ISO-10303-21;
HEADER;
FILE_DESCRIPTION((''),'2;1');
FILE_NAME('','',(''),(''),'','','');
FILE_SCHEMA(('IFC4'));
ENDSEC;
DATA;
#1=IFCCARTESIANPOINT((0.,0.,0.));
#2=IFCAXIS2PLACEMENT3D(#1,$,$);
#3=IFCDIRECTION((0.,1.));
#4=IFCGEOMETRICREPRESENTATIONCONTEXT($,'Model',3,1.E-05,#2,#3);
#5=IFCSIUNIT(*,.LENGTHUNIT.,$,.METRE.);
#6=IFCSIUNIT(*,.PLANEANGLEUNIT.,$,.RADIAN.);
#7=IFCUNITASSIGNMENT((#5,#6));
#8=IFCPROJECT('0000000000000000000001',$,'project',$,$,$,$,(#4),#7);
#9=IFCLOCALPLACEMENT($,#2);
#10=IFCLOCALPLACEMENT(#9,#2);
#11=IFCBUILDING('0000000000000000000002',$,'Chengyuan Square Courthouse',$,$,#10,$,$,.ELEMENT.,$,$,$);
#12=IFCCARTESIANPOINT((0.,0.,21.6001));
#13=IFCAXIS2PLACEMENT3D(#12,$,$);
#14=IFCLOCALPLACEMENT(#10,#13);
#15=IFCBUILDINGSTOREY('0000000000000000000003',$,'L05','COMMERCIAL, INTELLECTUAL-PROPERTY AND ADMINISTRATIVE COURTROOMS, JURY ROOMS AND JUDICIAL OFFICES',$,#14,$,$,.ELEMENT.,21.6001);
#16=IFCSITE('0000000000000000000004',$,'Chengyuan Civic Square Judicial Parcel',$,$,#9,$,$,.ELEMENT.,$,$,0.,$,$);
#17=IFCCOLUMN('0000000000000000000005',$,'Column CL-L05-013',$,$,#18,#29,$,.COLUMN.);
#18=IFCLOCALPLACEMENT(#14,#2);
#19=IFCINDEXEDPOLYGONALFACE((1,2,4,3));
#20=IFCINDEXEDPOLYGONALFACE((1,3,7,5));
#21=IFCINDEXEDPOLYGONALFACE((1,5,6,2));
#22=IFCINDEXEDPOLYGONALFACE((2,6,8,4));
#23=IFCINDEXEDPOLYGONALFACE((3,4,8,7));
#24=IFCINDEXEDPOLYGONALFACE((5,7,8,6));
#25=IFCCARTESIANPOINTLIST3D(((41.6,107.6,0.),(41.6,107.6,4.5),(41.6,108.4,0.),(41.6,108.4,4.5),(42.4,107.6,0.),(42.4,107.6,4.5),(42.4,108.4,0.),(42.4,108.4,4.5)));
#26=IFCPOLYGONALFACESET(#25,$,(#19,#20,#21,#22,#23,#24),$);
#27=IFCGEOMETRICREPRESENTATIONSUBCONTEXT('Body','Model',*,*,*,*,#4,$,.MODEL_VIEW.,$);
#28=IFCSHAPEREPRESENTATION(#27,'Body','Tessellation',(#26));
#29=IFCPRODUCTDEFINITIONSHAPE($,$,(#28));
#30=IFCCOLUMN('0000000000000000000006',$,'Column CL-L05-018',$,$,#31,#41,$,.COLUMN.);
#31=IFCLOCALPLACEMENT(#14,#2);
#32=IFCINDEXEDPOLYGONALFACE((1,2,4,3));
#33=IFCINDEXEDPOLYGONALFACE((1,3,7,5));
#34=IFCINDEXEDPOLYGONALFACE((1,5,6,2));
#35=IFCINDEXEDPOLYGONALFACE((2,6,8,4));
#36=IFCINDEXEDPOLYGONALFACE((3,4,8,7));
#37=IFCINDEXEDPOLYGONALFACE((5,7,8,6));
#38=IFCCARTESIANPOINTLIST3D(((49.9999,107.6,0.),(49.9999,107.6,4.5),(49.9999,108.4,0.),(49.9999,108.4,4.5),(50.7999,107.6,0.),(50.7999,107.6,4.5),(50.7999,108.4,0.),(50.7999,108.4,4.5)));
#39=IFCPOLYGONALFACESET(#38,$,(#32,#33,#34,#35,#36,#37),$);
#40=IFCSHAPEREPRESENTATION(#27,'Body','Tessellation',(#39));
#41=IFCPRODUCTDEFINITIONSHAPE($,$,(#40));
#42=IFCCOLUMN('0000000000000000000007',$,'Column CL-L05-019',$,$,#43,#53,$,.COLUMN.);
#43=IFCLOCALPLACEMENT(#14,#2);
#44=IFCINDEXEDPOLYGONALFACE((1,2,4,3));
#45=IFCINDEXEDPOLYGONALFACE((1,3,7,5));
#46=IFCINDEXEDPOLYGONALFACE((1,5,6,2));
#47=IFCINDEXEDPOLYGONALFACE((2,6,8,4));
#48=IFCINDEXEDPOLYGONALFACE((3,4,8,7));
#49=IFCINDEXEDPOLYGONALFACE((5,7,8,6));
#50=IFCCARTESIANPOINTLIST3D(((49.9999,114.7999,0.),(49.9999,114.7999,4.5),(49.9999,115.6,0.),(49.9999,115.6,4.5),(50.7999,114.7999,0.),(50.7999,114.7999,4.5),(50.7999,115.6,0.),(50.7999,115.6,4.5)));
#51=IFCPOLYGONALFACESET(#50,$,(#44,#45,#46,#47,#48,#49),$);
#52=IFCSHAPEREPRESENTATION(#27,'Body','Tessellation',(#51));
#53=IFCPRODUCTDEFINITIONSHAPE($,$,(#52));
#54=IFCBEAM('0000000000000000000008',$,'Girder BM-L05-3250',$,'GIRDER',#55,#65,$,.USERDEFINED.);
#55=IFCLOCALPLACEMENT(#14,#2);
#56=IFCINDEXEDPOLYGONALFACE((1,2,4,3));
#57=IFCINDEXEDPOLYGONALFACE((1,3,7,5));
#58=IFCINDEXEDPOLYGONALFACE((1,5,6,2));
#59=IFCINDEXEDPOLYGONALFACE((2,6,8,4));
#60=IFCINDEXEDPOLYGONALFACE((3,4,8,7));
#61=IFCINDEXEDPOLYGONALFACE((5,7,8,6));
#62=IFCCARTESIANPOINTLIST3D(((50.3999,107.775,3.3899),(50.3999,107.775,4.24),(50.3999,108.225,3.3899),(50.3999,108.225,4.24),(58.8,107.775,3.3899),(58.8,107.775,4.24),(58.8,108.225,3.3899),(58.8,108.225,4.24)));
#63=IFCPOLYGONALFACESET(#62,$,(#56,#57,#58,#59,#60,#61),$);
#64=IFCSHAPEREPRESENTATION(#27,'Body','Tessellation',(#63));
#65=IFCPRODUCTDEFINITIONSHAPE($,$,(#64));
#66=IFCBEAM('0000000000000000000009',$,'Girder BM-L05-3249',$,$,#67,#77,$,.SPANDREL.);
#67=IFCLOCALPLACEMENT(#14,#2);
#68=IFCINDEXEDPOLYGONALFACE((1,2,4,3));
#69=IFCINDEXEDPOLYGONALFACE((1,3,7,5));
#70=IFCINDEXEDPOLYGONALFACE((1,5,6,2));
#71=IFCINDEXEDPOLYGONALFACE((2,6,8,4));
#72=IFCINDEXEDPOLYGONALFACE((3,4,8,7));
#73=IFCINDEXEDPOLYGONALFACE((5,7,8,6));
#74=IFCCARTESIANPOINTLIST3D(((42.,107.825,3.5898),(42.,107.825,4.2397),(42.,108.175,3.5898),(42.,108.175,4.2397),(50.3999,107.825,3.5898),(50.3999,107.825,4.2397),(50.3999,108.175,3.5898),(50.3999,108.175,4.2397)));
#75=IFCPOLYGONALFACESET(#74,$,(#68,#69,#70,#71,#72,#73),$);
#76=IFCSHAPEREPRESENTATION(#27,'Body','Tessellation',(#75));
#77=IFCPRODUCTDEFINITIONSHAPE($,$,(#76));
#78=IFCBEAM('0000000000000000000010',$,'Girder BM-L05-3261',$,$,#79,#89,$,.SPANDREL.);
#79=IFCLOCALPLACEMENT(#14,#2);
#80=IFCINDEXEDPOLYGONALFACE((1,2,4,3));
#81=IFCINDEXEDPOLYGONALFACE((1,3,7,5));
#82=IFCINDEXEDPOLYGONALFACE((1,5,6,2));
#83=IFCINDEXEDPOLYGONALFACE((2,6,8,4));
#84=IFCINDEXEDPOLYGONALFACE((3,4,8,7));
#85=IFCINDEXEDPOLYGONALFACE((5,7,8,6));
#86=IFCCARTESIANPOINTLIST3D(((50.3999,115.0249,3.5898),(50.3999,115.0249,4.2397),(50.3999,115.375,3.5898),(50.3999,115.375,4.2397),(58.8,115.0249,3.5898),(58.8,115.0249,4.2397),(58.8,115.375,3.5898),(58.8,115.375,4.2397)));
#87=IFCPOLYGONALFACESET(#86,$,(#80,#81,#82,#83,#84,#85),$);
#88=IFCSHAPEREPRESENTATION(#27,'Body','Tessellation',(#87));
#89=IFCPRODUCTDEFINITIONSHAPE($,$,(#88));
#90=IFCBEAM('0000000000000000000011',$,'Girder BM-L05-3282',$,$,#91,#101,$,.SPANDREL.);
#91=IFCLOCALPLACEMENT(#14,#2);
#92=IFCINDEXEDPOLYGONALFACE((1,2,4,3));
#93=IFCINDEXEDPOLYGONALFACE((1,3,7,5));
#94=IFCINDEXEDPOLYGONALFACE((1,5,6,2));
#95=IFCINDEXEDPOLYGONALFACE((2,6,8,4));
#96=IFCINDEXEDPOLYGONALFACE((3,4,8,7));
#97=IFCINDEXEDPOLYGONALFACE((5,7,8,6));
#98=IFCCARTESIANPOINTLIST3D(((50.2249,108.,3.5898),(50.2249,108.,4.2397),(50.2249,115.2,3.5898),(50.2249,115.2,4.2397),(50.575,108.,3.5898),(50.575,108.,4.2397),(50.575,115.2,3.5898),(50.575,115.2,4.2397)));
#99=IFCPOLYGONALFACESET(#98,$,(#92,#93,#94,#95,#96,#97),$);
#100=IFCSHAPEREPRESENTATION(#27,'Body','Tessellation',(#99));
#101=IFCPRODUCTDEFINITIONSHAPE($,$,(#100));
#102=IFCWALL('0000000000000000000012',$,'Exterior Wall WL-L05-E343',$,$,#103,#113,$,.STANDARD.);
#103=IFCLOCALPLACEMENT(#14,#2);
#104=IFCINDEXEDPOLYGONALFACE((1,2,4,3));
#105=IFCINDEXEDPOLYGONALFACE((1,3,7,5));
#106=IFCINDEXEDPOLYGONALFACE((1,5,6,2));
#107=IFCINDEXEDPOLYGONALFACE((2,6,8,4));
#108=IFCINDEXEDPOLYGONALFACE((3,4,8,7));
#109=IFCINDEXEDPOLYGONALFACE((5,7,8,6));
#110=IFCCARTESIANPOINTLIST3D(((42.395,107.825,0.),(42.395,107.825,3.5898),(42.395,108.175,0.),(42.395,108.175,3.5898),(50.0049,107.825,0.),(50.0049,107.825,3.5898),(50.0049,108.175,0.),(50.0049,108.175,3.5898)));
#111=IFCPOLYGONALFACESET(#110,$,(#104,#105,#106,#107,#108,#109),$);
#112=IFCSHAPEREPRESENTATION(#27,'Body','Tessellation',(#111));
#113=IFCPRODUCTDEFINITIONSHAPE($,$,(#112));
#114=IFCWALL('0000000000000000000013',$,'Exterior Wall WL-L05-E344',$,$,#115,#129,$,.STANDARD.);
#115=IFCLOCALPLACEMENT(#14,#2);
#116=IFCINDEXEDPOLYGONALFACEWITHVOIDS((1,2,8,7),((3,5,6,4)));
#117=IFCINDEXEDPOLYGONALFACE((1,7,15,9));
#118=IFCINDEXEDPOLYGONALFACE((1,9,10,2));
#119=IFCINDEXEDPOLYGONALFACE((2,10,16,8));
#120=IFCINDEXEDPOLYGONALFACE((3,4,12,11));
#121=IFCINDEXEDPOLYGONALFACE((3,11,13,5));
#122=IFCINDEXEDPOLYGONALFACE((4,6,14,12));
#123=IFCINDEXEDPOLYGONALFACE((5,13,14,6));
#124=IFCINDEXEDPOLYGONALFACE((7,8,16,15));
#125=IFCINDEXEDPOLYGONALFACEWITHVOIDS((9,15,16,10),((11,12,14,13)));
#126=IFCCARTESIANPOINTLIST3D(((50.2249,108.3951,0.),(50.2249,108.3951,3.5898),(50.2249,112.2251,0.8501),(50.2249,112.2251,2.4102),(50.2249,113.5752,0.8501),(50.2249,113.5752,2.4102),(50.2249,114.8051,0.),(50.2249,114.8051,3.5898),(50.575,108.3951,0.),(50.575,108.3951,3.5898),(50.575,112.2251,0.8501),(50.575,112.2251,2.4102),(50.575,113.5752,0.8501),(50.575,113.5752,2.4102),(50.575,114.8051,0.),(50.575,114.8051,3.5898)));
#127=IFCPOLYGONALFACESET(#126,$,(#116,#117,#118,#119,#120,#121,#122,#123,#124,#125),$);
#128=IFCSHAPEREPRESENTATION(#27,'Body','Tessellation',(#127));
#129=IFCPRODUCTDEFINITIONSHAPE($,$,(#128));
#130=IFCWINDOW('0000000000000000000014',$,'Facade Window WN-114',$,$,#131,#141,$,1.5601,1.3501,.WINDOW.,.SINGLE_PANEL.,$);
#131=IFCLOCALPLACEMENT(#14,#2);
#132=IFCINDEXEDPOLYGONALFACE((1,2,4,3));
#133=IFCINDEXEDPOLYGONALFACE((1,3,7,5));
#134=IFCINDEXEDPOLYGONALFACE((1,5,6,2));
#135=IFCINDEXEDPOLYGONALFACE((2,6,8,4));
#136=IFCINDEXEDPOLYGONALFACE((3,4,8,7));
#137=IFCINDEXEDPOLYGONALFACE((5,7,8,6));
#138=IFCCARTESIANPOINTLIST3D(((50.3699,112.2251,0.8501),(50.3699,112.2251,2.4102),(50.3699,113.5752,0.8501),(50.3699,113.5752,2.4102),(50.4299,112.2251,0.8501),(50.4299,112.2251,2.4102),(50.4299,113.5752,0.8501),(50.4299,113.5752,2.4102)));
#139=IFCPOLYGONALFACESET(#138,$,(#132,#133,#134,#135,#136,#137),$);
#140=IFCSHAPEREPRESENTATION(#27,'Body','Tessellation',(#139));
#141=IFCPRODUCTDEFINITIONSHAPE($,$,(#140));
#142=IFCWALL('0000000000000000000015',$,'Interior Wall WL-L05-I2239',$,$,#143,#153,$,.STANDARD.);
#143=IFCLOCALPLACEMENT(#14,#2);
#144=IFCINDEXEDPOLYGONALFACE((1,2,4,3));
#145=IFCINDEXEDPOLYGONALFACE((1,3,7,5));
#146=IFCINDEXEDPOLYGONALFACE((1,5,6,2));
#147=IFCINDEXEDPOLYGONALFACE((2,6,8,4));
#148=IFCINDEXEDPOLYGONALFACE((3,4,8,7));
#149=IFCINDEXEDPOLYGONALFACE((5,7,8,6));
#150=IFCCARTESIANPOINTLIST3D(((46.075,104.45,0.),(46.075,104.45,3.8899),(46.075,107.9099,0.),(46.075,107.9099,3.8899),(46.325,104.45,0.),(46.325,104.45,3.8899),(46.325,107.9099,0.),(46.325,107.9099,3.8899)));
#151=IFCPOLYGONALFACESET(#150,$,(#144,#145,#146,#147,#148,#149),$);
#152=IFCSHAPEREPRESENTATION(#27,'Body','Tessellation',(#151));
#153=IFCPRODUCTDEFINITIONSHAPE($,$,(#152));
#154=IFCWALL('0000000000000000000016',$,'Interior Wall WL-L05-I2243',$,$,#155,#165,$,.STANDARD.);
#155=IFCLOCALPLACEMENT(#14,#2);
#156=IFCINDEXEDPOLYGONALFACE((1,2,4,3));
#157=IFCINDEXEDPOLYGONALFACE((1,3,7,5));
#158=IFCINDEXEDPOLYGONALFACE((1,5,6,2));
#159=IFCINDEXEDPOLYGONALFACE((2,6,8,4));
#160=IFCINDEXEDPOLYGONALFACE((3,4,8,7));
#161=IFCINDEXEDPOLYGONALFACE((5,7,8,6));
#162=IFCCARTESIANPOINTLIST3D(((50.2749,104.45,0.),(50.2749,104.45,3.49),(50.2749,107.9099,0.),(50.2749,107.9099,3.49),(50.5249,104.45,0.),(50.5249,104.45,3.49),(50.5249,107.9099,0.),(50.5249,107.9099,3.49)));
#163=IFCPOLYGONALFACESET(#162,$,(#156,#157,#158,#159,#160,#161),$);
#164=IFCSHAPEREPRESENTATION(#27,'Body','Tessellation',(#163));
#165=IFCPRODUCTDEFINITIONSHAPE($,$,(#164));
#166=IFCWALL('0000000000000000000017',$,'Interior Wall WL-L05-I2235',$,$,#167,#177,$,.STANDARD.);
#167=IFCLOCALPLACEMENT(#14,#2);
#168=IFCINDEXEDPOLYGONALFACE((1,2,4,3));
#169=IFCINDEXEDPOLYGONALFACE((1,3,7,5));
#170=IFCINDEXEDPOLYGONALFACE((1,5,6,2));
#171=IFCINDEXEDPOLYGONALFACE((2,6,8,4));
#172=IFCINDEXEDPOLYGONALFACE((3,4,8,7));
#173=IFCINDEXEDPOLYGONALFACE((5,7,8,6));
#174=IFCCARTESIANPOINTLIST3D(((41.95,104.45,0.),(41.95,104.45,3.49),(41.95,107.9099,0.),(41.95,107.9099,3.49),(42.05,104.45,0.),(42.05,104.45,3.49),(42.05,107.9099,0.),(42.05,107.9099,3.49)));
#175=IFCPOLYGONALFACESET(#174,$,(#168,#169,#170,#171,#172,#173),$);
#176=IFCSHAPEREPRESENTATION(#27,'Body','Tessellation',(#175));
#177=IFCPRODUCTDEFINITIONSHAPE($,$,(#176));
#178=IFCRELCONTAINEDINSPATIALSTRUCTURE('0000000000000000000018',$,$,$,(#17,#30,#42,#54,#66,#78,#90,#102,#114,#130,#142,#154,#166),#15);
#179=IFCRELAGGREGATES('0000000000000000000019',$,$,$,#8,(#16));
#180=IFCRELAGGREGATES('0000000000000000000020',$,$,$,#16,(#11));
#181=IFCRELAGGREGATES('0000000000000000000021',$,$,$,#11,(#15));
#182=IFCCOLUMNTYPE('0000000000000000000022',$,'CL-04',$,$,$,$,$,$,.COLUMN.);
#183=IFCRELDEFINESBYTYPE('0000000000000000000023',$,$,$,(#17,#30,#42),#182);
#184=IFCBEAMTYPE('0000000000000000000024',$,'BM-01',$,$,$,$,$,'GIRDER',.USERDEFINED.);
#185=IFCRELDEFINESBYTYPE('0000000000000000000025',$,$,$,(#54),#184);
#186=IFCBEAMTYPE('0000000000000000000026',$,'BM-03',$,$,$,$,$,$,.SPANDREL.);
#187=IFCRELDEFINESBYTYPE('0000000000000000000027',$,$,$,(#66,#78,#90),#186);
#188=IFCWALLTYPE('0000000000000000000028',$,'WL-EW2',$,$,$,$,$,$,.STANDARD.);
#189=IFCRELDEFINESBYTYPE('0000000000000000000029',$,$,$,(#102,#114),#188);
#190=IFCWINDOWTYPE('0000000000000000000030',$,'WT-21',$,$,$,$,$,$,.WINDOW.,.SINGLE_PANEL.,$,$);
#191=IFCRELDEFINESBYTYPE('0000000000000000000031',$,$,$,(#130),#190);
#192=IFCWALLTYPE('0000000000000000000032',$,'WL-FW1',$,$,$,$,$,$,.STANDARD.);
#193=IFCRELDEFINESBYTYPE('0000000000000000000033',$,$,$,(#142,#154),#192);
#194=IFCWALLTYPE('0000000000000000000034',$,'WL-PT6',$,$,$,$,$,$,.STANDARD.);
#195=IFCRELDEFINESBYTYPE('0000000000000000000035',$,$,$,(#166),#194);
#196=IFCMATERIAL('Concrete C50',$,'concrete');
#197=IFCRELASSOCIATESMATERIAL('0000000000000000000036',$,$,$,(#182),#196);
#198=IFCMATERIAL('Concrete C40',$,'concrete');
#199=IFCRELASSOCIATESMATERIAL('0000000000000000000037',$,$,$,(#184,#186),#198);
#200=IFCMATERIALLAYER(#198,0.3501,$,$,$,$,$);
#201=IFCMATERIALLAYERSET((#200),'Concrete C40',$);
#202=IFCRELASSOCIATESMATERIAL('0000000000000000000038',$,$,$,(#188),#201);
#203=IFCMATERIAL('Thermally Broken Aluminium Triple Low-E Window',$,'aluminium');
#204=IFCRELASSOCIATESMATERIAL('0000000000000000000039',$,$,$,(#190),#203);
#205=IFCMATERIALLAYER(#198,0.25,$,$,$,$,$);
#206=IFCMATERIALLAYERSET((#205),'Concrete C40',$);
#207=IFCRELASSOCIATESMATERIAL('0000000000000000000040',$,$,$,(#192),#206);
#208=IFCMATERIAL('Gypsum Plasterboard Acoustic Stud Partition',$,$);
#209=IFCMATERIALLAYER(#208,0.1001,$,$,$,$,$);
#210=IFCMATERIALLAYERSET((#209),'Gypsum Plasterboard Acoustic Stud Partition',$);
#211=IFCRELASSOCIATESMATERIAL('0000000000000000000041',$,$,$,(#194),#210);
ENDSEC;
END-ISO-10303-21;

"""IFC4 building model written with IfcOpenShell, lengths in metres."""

from ifc_helpers import new_model, si_unit, direction, frame, frame_2d, origin, origin_2d, place, context, subcontext, project, spatial, rectangle, extrude, material, layer, layer_set, material_profile, profile_set, type_object, element, fill, save


model = new_model("IFC4")

# Units and contexts
model_context = context("Model", 3, precision=1e-05, world=origin(), true_north=direction((0.0, 1.0)))
body_context = subcontext(model_context, "Body", "Model", "MODEL_VIEW")
ifc_project = project(units=[si_unit("LENGTHUNIT", "METRE"), si_unit("PLANEANGLEUNIT", "RADIAN")], contexts=[model_context])

# Site, building, storey
site_placement = place(None, origin())
site = spatial("IfcSite", under=ifc_project, at=site_placement, Name="Chengyuan Civic Square Judicial Parcel", CompositionType="ELEMENT", RefElevation=0.0)
building_placement = place(site_placement, origin())
building = spatial("IfcBuilding", under=site, at=building_placement, Name="Chengyuan Square Courthouse", CompositionType="ELEMENT")
storey_placement = place(building_placement, frame((0.0, 0.0, 21.6001)))
storey = spatial("IfcBuildingStorey", under=building, at=storey_placement, Name="L05", Description="COMMERCIAL, INTELLECTUAL-PROPERTY AND ADMINISTRATIVE COURTROOMS, JURY ROOMS AND JUDICIAL OFFICES", CompositionType="ELEMENT", Elevation=21.6001)

# Columns
ifc_material_1 = material(Name="Concrete C50", Category="concrete")
ifc_material_profile_1 = material_profile(ifc_material_1, rectangle(XDim=0.8, YDim=0.8, at=origin_2d()), Name="RC-COL-800x800")
ifc_profile_set_1 = profile_set([ifc_material_profile_1], Name="Concrete C50")
column_type = type_object("IfcColumnType", Name="CL-04", PredefinedType="COLUMN", material=ifc_profile_set_1)
for number, where, z_axis, x_axis, name in (
    (1, (42.0, 108.0, 0.0), (0.0, 0.0, 1.0), (1.0, 0.0, 0.0), "Column CL-L05-013"),
    (2, (50.3999, 108.0, 0.0), (0.0, 0.0, 1.0), (1.0, 0.0, 0.0), "Column CL-L05-018"),
    (3, (50.3999, 115.2, 0.0), (0.0, 0.0, 1.0), (1.0, 0.0, 0.0), "Column CL-L05-019"),
):
    element("IfcColumn", number, at=place(storey_placement, frame(where, z_axis=z_axis, x_axis=x_axis)), inside=storey, type_object=column_type, Name=name, PredefinedType="COLUMN", context=body_context, shape_type="SweptSolid", body=[
        extrude(rectangle(XDim=0.8, YDim=0.8, at=origin_2d()), origin(), (0.0, 0.0, 1.0), 4.5),
    ])

# Beams
ifc_material_2 = material(Name="Concrete C40", Category="concrete")
ifc_material_profile_2 = material_profile(ifc_material_2, rectangle(XDim=0.45, YDim=0.8501, at=origin_2d()), Name="RC-BM-450x850")
ifc_profile_set_2 = profile_set([ifc_material_profile_2], Name="Concrete C40")
beam_type_1 = type_object("IfcBeamType", Name="BM-01", ElementType="GIRDER", PredefinedType="USERDEFINED", material=ifc_profile_set_2)
beam_1_placement = place(storey_placement, frame((50.3999, 108.0, 3.8149), z_axis=(1.0, 0.0, 0.0), x_axis=(0.0, 1.0, 0.0)))
element("IfcBeam", 4, at=beam_1_placement, inside=storey, type_object=beam_type_1, Name="Girder BM-L05-3250", ObjectType="GIRDER", PredefinedType="USERDEFINED", context=body_context, shape_type="SweptSolid", body=[
    extrude(rectangle(XDim=0.45, YDim=0.8501, at=origin_2d()), origin(), (0.0, 0.0, 1.0), 8.4001),
])
ifc_material_profile_3 = material_profile(ifc_material_2, rectangle(XDim=0.3501, YDim=0.6499, at=origin_2d()), Name="RC-BM-350x650")
ifc_profile_set_3 = profile_set([ifc_material_profile_3], Name="Concrete C40")
beam_type_2 = type_object("IfcBeamType", Name="BM-03", PredefinedType="SPANDREL", material=ifc_profile_set_3)
beam_2_placement = place(storey_placement, frame((42.0, 108.0, 3.9148), z_axis=(1.0, 0.0, 0.0), x_axis=(0.0, 1.0, 0.0)))
element("IfcBeam", 5, at=beam_2_placement, inside=storey, type_object=beam_type_2, Name="Girder BM-L05-3249", PredefinedType="SPANDREL", context=body_context, shape_type="SweptSolid", body=[
    extrude(rectangle(XDim=0.3501, YDim=0.6499, at=origin_2d()), origin(), (0.0, 0.0, 1.0), 8.3999),
])
beam_3_placement = place(storey_placement, frame((50.3999, 115.2, 3.9148), z_axis=(1.0, 0.0, 0.0), x_axis=(0.0, 1.0, 0.0)))
element("IfcBeam", 6, at=beam_3_placement, inside=storey, type_object=beam_type_2, Name="Girder BM-L05-3261", PredefinedType="SPANDREL", context=body_context, shape_type="SweptSolid", body=[
    extrude(rectangle(XDim=0.3501, YDim=0.6499, at=origin_2d()), origin(), (0.0, 0.0, 1.0), 8.4001),
])
beam_4_placement = place(storey_placement, frame((50.3999, 108.0, 3.9148), z_axis=(0.0, 1.0, 0.0), x_axis=(-1.0, 0.0, 0.0)))
element("IfcBeam", 7, at=beam_4_placement, inside=storey, type_object=beam_type_2, Name="Girder BM-L05-3282", PredefinedType="SPANDREL", context=body_context, shape_type="SweptSolid", body=[
    extrude(rectangle(XDim=0.3501, YDim=0.6499, at=origin_2d()), origin(), (0.0, 0.0, 1.0), 7.2),
])

# Wall
ifc_layer_1 = layer(ifc_material_2, 0.3501)
ifc_layer_set_1 = layer_set([ifc_layer_1], Name="Concrete C40")
wall_type_1 = type_object("IfcWallType", Name="WL-EW2", PredefinedType="STANDARD", material=ifc_layer_set_1)
wall_1_placement = place(storey_placement, frame((42.395, 108.0, 0.0), z_axis=(0.0, 0.0, 1.0), x_axis=(1.0, 0.0, 0.0)))
element("IfcWall", 8, at=wall_1_placement, inside=storey, type_object=wall_type_1, Name="Exterior Wall WL-L05-E343", PredefinedType="STANDARD", context=body_context, shape_type="SweptSolid", body=[
    extrude(rectangle(XDim=7.6099, YDim=0.3501, at=frame_2d((3.8049, 0.0))), origin(), (0.0, 0.0, 1.0), 3.5898),
])

# Wall, opening, window
wall_2_placement = place(storey_placement, frame((50.3999, 108.395, 0.0), z_axis=(0.0, 0.0, 1.0), x_axis=(0.0, 1.0, 0.0)))
wall_2 = element("IfcWall", 9, at=wall_2_placement, inside=storey, type_object=wall_type_1, Name="Exterior Wall WL-L05-E344", PredefinedType="STANDARD", context=body_context, shape_type="SweptSolid", body=[
    extrude(rectangle(XDim=6.4099, YDim=0.3501, at=frame_2d((3.2051, 0.0))), origin(), (0.0, 0.0, 1.0), 3.5898),
])
opening_1_placement = place(wall_2_placement, frame((3.8301, 0.0, 0.8501)))
opening_1 = element("IfcOpeningElement", 10, at=opening_1_placement, cuts=wall_2, PredefinedType="OPENING", context=body_context, shape_type="SweptSolid", body=[
    extrude(rectangle(XDim=1.3501, YDim=1.5601, at=frame_2d((0.675, 0.78))), frame((0.0, 0.187, 0.0), z_axis=(0.0, -1.0, 0.0), x_axis=(1.0, 0.0, 0.0)), (0.0, 0.0, 1.0), 0.374),
])
ifc_material_3 = material(Name="Thermally Broken Aluminium Triple Low-E Window", Category="aluminium")
window_type = type_object("IfcWindowType", Name="WT-21", PartitioningType="SINGLE_PANEL", PredefinedType="WINDOW", material=ifc_material_3)
window_placement = place(opening_1_placement, origin())
window = element("IfcWindow", 11, at=window_placement, inside=storey, type_object=window_type, Name="Facade Window WN-114", OverallHeight=1.5601, OverallWidth=1.3501, PartitioningType="SINGLE_PANEL", PredefinedType="WINDOW", context=body_context, shape_type="SweptSolid", body=[
    extrude(rectangle(XDim=1.3501, YDim=1.5601, at=frame_2d((0.675, 0.78))), frame((0.0, 0.03, 0.0), z_axis=(0.0, -1.0, 0.0), x_axis=(1.0, 0.0, 0.0)), (0.0, 0.0, 1.0), 0.0601),
])
fill(opening_1, window)

# Walls
ifc_layer_2 = layer(ifc_material_2, 0.25)
ifc_layer_set_2 = layer_set([ifc_layer_2], Name="Concrete C40")
wall_type_2 = type_object("IfcWallType", Name="WL-FW1", PredefinedType="STANDARD", material=ifc_layer_set_2)
wall_3_placement = place(storey_placement, frame((46.2, 104.45, 0.0), z_axis=(0.0, 0.0, 1.0), x_axis=(0.0, 1.0, 0.0)))
element("IfcWall", 12, at=wall_3_placement, inside=storey, type_object=wall_type_2, Name="Interior Wall WL-L05-I2239", PredefinedType="STANDARD", context=body_context, shape_type="SweptSolid", body=[
    extrude(rectangle(XDim=3.46, YDim=0.25, at=frame_2d((1.73, 0.0))), origin(), (0.0, 0.0, 1.0), 3.8899),
])
wall_4_placement = place(storey_placement, frame((50.3999, 104.45, 0.0), z_axis=(0.0, 0.0, 1.0), x_axis=(0.0, 1.0, 0.0)))
element("IfcWall", 13, at=wall_4_placement, inside=storey, type_object=wall_type_2, Name="Interior Wall WL-L05-I2243", PredefinedType="STANDARD", context=body_context, shape_type="SweptSolid", body=[
    extrude(rectangle(XDim=3.46, YDim=0.25, at=frame_2d((1.73, 0.0))), origin(), (0.0, 0.0, 1.0), 3.49),
])
ifc_material_4 = material(Name="Gypsum Plasterboard Acoustic Stud Partition")
ifc_layer_3 = layer(ifc_material_4, 0.1001)
ifc_layer_set_3 = layer_set([ifc_layer_3], Name="Gypsum Plasterboard Acoustic Stud Partition")
wall_type_3 = type_object("IfcWallType", Name="WL-PT6", PredefinedType="STANDARD", material=ifc_layer_set_3)
wall_5_placement = place(storey_placement, frame((42.0, 104.45, 0.0), z_axis=(0.0, 0.0, 1.0), x_axis=(0.0, 1.0, 0.0)))
element("IfcWall", 14, at=wall_5_placement, inside=storey, type_object=wall_type_3, Name="Interior Wall WL-L05-I2235", PredefinedType="STANDARD", context=body_context, shape_type="SweptSolid", body=[
    extrude(rectangle(XDim=3.46, YDim=0.1001, at=frame_2d((1.73, 0.0))), origin(), (0.0, 0.0, 1.0), 3.49),
])

save(model, "model.ifc")
